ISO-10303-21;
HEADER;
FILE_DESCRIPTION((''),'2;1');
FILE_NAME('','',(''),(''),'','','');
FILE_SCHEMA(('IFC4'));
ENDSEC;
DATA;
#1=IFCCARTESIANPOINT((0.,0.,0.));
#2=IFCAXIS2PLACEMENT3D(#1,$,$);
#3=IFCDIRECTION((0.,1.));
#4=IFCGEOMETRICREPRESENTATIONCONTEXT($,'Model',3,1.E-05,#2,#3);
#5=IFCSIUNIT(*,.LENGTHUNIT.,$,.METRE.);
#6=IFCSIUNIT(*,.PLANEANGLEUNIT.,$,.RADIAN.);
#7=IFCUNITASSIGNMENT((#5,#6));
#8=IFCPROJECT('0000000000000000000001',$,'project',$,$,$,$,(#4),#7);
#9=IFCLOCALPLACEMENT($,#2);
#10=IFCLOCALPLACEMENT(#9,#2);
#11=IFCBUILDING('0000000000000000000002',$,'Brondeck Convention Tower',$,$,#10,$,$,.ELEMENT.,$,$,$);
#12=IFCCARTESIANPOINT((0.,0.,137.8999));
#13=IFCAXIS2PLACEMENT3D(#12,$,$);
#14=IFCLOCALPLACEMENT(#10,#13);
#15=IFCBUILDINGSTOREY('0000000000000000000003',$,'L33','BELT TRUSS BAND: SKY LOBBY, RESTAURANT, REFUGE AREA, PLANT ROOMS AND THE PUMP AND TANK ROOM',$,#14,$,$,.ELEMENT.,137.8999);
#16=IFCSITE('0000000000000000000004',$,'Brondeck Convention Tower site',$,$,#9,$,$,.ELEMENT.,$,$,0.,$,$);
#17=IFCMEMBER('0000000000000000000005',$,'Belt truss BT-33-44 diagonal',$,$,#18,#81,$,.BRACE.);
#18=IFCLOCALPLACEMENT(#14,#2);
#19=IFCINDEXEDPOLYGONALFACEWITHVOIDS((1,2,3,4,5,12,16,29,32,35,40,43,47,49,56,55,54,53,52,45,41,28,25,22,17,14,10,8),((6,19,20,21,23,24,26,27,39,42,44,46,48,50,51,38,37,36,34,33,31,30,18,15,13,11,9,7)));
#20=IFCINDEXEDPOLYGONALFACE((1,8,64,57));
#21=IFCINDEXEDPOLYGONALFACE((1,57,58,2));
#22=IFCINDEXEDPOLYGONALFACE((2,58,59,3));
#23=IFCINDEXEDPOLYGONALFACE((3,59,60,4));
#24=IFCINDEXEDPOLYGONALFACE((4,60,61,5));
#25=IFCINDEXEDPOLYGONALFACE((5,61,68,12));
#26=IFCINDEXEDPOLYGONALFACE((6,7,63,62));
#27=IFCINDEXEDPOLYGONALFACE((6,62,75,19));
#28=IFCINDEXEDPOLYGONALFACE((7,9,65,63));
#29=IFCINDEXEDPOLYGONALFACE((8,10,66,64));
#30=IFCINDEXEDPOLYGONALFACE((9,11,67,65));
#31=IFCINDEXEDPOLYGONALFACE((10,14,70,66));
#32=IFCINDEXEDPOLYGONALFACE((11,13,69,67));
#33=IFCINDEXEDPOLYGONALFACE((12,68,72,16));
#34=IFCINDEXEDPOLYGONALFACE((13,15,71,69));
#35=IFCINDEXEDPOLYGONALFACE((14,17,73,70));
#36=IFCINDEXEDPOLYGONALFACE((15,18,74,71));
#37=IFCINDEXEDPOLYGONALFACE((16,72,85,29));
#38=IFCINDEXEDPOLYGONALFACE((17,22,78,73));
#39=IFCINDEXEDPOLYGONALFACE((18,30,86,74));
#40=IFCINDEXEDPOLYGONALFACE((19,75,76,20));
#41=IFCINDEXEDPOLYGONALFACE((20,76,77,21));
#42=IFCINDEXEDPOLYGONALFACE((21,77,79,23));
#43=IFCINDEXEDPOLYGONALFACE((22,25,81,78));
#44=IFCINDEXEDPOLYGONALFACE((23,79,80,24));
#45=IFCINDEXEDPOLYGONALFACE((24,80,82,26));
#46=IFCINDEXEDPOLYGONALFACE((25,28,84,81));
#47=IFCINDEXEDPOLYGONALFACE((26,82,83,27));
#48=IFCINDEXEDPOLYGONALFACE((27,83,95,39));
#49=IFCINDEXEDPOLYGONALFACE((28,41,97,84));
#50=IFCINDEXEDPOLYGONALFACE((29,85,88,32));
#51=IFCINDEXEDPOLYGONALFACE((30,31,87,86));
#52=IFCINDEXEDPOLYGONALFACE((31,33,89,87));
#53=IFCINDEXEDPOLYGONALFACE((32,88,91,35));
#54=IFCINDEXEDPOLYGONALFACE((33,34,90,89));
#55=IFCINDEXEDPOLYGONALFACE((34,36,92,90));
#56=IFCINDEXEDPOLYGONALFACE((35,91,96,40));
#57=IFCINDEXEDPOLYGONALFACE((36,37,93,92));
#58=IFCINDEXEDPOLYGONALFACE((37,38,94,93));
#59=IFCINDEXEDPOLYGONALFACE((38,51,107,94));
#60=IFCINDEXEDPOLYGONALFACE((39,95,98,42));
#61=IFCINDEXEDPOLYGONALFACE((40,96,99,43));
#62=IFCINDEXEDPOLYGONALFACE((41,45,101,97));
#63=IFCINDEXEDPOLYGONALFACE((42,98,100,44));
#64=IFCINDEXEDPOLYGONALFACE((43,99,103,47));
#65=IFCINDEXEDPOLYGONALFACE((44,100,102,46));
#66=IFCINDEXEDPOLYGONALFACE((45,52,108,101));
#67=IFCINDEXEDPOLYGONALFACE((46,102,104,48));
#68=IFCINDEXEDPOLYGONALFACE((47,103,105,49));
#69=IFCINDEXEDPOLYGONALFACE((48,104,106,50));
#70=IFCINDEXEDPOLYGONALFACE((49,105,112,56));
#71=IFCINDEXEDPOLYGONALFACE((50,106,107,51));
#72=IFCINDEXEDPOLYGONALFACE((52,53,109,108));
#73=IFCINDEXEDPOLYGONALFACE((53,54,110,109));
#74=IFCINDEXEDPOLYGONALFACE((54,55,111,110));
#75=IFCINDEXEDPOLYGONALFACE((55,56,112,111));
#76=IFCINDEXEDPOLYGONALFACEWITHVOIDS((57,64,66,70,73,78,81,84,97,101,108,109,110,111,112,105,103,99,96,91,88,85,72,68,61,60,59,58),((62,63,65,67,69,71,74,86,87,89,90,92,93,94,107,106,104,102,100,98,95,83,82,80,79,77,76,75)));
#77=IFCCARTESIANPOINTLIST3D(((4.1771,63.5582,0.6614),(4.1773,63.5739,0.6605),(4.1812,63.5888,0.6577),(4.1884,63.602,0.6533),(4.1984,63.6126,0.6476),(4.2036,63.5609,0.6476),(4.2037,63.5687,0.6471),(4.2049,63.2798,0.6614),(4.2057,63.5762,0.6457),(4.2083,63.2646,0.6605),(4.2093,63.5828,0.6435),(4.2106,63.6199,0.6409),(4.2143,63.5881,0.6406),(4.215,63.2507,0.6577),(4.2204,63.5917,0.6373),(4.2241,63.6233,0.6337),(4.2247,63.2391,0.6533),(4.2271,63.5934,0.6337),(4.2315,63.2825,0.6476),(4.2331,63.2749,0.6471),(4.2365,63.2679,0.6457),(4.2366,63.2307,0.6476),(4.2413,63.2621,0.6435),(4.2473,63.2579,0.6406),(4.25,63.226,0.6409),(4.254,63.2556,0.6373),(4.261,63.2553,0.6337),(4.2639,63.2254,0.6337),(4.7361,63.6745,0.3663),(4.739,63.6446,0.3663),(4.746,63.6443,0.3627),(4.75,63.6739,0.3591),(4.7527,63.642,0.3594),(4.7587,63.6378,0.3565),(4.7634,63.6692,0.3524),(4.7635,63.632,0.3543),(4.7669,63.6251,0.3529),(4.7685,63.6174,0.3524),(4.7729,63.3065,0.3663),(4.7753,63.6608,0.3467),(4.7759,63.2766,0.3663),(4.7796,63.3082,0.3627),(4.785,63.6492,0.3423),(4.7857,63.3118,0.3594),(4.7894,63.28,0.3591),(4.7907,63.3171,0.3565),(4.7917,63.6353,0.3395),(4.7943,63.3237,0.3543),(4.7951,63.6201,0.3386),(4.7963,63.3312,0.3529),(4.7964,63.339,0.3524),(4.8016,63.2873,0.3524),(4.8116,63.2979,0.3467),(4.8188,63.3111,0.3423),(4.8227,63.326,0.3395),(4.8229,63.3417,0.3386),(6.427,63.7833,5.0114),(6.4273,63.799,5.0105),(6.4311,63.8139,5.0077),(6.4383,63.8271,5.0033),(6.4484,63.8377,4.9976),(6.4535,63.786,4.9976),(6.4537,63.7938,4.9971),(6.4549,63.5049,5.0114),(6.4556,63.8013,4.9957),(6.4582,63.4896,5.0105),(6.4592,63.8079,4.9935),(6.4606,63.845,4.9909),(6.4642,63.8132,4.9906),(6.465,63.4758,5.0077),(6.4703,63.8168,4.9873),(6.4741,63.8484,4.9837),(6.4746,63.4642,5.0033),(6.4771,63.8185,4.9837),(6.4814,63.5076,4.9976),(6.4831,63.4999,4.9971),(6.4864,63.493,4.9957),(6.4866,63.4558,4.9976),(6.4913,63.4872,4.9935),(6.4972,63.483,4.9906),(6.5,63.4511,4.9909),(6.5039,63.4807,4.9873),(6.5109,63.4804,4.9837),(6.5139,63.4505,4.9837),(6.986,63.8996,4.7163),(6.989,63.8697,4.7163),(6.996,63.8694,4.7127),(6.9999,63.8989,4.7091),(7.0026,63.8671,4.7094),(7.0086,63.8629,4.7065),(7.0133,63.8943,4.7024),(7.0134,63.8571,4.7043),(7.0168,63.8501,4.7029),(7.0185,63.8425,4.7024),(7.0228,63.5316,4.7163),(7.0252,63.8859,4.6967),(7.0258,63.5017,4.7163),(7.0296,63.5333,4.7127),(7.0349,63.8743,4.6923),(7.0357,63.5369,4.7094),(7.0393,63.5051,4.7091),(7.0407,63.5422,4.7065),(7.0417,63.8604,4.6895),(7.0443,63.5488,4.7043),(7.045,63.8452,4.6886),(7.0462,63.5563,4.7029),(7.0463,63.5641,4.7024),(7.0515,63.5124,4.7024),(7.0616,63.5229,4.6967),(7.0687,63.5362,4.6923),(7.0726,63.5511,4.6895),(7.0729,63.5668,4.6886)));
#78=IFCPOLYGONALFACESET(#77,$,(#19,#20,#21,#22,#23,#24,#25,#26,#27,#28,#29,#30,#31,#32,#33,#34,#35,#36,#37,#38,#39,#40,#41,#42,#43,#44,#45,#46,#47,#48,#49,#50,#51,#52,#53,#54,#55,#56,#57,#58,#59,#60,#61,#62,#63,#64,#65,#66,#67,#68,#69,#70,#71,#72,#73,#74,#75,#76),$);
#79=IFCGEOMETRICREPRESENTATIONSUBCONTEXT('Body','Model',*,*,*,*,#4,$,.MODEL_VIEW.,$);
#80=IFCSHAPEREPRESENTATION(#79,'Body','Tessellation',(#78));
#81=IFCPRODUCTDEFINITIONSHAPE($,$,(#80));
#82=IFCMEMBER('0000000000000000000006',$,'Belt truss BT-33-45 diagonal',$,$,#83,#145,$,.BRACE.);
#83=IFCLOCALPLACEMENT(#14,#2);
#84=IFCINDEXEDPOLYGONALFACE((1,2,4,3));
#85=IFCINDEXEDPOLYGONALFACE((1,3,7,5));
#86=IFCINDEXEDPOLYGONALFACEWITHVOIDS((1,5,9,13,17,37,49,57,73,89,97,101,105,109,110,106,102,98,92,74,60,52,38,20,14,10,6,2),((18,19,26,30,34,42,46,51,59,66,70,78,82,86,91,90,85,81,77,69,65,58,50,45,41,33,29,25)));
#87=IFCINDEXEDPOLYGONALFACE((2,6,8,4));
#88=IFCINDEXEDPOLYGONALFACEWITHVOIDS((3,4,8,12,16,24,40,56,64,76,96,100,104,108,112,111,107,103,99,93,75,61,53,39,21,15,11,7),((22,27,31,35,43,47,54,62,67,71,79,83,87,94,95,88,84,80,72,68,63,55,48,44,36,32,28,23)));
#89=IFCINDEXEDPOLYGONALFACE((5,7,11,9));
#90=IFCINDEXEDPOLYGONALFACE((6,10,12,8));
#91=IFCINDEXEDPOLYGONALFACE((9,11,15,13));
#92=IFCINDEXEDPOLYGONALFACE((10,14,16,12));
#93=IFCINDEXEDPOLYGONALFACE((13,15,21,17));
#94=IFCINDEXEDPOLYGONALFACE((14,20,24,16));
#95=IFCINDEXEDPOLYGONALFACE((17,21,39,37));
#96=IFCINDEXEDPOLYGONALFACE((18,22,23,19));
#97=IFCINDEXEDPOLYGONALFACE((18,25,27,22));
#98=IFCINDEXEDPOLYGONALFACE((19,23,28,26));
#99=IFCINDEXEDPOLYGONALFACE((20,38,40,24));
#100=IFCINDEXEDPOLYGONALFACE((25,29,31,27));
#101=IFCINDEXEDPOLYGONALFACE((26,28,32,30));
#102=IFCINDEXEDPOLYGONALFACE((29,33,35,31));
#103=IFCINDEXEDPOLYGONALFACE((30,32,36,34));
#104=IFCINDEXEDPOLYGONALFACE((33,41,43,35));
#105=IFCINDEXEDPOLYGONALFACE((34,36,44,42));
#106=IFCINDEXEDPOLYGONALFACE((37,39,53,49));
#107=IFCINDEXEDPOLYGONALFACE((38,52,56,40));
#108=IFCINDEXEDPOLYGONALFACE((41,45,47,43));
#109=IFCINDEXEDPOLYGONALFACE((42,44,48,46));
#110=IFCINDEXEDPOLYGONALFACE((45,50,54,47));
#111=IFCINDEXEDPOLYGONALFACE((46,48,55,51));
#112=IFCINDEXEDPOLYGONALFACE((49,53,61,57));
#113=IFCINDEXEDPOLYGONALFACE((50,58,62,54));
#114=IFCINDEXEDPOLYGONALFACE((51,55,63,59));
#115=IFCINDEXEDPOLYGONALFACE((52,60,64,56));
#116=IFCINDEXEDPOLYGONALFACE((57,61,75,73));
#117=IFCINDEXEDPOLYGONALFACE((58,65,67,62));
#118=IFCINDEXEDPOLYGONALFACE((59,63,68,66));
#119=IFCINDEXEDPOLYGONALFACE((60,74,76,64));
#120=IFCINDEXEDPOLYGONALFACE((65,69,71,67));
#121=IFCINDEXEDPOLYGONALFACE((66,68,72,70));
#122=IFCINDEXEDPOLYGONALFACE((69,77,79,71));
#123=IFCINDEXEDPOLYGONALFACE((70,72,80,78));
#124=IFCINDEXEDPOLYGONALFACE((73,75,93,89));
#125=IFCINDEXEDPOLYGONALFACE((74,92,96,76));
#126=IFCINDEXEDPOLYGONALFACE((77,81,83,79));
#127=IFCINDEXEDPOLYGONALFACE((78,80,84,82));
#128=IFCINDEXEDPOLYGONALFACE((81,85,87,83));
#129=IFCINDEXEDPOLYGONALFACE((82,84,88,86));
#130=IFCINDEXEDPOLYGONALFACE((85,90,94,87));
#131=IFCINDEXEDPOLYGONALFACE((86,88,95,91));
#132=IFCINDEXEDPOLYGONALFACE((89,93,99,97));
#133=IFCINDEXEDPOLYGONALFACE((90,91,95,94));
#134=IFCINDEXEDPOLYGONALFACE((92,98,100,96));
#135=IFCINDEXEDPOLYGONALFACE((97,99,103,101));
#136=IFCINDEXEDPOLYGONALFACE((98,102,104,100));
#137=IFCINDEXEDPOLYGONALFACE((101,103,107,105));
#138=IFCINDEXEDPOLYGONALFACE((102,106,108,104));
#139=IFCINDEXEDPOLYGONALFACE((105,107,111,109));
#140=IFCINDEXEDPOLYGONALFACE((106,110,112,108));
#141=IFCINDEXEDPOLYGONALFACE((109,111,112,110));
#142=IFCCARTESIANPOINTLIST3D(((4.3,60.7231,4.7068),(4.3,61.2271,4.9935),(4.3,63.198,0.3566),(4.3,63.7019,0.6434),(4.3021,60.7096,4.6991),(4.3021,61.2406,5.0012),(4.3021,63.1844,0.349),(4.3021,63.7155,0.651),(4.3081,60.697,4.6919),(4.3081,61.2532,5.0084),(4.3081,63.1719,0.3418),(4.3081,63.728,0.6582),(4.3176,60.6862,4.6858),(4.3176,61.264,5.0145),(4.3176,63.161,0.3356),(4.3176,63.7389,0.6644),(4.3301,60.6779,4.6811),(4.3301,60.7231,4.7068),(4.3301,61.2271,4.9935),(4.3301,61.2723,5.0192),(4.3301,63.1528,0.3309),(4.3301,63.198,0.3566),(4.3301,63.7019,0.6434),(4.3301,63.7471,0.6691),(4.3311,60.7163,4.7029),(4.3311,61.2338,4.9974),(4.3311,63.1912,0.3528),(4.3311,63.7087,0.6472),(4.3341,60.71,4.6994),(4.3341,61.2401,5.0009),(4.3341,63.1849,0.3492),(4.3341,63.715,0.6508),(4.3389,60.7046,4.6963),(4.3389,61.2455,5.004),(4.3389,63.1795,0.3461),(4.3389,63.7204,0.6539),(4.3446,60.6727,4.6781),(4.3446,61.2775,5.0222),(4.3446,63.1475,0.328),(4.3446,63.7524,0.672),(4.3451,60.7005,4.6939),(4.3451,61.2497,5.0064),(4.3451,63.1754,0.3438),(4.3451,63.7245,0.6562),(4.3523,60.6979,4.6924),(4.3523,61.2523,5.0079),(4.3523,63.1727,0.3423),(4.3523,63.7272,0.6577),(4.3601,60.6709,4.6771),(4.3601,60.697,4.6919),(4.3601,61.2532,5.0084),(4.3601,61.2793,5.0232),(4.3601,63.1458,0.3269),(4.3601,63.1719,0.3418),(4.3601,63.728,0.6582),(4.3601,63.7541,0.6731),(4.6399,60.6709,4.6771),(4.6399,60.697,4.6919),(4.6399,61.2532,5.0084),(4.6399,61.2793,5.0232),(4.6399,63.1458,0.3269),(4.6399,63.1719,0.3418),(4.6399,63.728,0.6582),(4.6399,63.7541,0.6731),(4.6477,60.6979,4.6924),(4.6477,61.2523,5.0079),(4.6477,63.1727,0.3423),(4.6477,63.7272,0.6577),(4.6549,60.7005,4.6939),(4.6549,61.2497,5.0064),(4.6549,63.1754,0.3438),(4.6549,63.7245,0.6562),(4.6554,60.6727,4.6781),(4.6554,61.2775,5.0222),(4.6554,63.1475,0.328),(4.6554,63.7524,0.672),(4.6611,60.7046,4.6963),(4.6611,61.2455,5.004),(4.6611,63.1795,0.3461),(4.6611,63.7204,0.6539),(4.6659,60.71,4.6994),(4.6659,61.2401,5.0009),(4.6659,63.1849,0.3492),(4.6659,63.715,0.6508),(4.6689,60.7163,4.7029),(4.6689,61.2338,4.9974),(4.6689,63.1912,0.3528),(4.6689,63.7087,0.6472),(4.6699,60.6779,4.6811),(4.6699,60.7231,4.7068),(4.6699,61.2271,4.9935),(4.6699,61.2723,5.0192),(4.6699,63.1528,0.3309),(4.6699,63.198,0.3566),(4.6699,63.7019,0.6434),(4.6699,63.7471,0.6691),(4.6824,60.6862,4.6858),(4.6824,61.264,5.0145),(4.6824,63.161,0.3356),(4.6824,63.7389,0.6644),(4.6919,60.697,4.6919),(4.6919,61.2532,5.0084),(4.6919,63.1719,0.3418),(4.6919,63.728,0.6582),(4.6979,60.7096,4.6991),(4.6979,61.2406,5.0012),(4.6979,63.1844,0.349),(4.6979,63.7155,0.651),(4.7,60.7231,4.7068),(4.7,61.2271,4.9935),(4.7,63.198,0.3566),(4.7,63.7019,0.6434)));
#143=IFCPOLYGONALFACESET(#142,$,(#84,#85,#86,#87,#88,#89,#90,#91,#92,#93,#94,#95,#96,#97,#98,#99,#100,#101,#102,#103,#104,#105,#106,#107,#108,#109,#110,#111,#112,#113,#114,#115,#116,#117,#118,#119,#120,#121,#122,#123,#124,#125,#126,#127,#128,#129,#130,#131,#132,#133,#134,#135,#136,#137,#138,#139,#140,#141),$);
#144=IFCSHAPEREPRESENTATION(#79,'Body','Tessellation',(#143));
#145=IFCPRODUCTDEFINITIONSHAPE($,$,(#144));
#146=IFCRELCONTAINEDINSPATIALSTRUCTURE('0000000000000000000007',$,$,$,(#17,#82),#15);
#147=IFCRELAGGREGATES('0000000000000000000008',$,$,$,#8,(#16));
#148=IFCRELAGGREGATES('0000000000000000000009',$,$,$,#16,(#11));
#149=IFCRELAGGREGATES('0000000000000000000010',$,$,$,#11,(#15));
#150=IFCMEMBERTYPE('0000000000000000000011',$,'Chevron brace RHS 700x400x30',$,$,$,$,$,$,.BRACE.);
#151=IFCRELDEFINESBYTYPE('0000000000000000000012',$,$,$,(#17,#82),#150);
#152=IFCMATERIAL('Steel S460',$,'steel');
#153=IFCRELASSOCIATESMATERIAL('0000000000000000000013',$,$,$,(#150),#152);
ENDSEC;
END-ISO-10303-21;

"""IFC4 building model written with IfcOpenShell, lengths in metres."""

from ifc_helpers import new_model, si_unit, direction, frame, origin, origin_2d, place, context, subcontext, project, spatial, hollow_rectangle, extrude, material, material_profile, profile_set, type_object, element, save


model = new_model("IFC4")

# Units and contexts
model_context = context("Model", 3, precision=1e-05, world=origin(), true_north=direction((0.0, 1.0)))
body_context = subcontext(model_context, "Body", "Model", "MODEL_VIEW")
ifc_project = project(units=[si_unit("LENGTHUNIT", "METRE"), si_unit("PLANEANGLEUNIT", "RADIAN")], contexts=[model_context])

# Site, building, storey
site_placement = place(None, origin())
site = spatial("IfcSite", under=ifc_project, at=site_placement, Name="Brondeck Convention Tower site", CompositionType="ELEMENT", RefElevation=0.0)
building_placement = place(site_placement, origin())
building = spatial("IfcBuilding", under=site, at=building_placement, Name="Brondeck Convention Tower", CompositionType="ELEMENT")
storey_placement = place(building_placement, frame((0.0, 0.0, 137.8999)))
storey = spatial("IfcBuildingStorey", under=building, at=storey_placement, Name="L33", Description="BELT TRUSS BAND: SKY LOBBY, RESTAURANT, REFUGE AREA, PLANT ROOMS AND THE PUMP AND TANK ROOM", CompositionType="ELEMENT", Elevation=137.8999)

# Members
ifc_material_1 = material(Name="Steel S460", Category="steel")
ifc_material_profile_1 = material_profile(ifc_material_1, hollow_rectangle(XDim=0.3999, YDim=0.7, WallThickness=0.03, InnerFilletRadius=0.03, OuterFilletRadius=0.0601, at=origin_2d()), Name="RHS 700x400x30")
ifc_profile_set_1 = profile_set([ifc_material_profile_1], Name="Steel S460")
member_type_1 = type_object("IfcMemberType", Name="Chevron brace RHS 700x400x30", PredefinedType="BRACE", material=ifc_profile_set_1)
for number, where, z_axis, x_axis, name in (
    (1, (4.5, 63.45, 0.5), (0.45893, 0.045913, 0.887285), (-0.099546, 0.995033, 0.0), "Belt truss BT-33-44 diagonal"),
):
    element("IfcMember", number, at=place(storey_placement, frame(where, z_axis=z_axis, x_axis=x_axis)), inside=storey, type_object=member_type_1, Name=name, PredefinedType="BRACE", context=body_context, shape_type="SweptSolid", body=[
        extrude(hollow_rectangle(XDim=0.3999, YDim=0.7, WallThickness=0.03, InnerFilletRadius=0.03, OuterFilletRadius=0.0601, at=origin_2d()), origin(), (0.0, 0.0, 1.0), 4.9026),
    ])
for number, where, z_axis, x_axis, name in (
    (2, (4.5, 63.45, 0.5), (0.0, -0.494494, 0.869181), (1.0, 0.0, 0.0), "Belt truss BT-33-45 diagonal"),
):
    element("IfcMember", number, at=place(storey_placement, frame(where, z_axis=z_axis, x_axis=x_axis)), inside=storey, type_object=member_type_1, Name=name, PredefinedType="BRACE", context=body_context, shape_type="SweptSolid", body=[
        extrude(hollow_rectangle(XDim=0.3999, YDim=0.7, WallThickness=0.03, InnerFilletRadius=0.03, OuterFilletRadius=0.0601, at=origin_2d()), origin(), (0.0, 0.0, 1.0), 5.0049),
    ])

save(model, "model.ifc")
